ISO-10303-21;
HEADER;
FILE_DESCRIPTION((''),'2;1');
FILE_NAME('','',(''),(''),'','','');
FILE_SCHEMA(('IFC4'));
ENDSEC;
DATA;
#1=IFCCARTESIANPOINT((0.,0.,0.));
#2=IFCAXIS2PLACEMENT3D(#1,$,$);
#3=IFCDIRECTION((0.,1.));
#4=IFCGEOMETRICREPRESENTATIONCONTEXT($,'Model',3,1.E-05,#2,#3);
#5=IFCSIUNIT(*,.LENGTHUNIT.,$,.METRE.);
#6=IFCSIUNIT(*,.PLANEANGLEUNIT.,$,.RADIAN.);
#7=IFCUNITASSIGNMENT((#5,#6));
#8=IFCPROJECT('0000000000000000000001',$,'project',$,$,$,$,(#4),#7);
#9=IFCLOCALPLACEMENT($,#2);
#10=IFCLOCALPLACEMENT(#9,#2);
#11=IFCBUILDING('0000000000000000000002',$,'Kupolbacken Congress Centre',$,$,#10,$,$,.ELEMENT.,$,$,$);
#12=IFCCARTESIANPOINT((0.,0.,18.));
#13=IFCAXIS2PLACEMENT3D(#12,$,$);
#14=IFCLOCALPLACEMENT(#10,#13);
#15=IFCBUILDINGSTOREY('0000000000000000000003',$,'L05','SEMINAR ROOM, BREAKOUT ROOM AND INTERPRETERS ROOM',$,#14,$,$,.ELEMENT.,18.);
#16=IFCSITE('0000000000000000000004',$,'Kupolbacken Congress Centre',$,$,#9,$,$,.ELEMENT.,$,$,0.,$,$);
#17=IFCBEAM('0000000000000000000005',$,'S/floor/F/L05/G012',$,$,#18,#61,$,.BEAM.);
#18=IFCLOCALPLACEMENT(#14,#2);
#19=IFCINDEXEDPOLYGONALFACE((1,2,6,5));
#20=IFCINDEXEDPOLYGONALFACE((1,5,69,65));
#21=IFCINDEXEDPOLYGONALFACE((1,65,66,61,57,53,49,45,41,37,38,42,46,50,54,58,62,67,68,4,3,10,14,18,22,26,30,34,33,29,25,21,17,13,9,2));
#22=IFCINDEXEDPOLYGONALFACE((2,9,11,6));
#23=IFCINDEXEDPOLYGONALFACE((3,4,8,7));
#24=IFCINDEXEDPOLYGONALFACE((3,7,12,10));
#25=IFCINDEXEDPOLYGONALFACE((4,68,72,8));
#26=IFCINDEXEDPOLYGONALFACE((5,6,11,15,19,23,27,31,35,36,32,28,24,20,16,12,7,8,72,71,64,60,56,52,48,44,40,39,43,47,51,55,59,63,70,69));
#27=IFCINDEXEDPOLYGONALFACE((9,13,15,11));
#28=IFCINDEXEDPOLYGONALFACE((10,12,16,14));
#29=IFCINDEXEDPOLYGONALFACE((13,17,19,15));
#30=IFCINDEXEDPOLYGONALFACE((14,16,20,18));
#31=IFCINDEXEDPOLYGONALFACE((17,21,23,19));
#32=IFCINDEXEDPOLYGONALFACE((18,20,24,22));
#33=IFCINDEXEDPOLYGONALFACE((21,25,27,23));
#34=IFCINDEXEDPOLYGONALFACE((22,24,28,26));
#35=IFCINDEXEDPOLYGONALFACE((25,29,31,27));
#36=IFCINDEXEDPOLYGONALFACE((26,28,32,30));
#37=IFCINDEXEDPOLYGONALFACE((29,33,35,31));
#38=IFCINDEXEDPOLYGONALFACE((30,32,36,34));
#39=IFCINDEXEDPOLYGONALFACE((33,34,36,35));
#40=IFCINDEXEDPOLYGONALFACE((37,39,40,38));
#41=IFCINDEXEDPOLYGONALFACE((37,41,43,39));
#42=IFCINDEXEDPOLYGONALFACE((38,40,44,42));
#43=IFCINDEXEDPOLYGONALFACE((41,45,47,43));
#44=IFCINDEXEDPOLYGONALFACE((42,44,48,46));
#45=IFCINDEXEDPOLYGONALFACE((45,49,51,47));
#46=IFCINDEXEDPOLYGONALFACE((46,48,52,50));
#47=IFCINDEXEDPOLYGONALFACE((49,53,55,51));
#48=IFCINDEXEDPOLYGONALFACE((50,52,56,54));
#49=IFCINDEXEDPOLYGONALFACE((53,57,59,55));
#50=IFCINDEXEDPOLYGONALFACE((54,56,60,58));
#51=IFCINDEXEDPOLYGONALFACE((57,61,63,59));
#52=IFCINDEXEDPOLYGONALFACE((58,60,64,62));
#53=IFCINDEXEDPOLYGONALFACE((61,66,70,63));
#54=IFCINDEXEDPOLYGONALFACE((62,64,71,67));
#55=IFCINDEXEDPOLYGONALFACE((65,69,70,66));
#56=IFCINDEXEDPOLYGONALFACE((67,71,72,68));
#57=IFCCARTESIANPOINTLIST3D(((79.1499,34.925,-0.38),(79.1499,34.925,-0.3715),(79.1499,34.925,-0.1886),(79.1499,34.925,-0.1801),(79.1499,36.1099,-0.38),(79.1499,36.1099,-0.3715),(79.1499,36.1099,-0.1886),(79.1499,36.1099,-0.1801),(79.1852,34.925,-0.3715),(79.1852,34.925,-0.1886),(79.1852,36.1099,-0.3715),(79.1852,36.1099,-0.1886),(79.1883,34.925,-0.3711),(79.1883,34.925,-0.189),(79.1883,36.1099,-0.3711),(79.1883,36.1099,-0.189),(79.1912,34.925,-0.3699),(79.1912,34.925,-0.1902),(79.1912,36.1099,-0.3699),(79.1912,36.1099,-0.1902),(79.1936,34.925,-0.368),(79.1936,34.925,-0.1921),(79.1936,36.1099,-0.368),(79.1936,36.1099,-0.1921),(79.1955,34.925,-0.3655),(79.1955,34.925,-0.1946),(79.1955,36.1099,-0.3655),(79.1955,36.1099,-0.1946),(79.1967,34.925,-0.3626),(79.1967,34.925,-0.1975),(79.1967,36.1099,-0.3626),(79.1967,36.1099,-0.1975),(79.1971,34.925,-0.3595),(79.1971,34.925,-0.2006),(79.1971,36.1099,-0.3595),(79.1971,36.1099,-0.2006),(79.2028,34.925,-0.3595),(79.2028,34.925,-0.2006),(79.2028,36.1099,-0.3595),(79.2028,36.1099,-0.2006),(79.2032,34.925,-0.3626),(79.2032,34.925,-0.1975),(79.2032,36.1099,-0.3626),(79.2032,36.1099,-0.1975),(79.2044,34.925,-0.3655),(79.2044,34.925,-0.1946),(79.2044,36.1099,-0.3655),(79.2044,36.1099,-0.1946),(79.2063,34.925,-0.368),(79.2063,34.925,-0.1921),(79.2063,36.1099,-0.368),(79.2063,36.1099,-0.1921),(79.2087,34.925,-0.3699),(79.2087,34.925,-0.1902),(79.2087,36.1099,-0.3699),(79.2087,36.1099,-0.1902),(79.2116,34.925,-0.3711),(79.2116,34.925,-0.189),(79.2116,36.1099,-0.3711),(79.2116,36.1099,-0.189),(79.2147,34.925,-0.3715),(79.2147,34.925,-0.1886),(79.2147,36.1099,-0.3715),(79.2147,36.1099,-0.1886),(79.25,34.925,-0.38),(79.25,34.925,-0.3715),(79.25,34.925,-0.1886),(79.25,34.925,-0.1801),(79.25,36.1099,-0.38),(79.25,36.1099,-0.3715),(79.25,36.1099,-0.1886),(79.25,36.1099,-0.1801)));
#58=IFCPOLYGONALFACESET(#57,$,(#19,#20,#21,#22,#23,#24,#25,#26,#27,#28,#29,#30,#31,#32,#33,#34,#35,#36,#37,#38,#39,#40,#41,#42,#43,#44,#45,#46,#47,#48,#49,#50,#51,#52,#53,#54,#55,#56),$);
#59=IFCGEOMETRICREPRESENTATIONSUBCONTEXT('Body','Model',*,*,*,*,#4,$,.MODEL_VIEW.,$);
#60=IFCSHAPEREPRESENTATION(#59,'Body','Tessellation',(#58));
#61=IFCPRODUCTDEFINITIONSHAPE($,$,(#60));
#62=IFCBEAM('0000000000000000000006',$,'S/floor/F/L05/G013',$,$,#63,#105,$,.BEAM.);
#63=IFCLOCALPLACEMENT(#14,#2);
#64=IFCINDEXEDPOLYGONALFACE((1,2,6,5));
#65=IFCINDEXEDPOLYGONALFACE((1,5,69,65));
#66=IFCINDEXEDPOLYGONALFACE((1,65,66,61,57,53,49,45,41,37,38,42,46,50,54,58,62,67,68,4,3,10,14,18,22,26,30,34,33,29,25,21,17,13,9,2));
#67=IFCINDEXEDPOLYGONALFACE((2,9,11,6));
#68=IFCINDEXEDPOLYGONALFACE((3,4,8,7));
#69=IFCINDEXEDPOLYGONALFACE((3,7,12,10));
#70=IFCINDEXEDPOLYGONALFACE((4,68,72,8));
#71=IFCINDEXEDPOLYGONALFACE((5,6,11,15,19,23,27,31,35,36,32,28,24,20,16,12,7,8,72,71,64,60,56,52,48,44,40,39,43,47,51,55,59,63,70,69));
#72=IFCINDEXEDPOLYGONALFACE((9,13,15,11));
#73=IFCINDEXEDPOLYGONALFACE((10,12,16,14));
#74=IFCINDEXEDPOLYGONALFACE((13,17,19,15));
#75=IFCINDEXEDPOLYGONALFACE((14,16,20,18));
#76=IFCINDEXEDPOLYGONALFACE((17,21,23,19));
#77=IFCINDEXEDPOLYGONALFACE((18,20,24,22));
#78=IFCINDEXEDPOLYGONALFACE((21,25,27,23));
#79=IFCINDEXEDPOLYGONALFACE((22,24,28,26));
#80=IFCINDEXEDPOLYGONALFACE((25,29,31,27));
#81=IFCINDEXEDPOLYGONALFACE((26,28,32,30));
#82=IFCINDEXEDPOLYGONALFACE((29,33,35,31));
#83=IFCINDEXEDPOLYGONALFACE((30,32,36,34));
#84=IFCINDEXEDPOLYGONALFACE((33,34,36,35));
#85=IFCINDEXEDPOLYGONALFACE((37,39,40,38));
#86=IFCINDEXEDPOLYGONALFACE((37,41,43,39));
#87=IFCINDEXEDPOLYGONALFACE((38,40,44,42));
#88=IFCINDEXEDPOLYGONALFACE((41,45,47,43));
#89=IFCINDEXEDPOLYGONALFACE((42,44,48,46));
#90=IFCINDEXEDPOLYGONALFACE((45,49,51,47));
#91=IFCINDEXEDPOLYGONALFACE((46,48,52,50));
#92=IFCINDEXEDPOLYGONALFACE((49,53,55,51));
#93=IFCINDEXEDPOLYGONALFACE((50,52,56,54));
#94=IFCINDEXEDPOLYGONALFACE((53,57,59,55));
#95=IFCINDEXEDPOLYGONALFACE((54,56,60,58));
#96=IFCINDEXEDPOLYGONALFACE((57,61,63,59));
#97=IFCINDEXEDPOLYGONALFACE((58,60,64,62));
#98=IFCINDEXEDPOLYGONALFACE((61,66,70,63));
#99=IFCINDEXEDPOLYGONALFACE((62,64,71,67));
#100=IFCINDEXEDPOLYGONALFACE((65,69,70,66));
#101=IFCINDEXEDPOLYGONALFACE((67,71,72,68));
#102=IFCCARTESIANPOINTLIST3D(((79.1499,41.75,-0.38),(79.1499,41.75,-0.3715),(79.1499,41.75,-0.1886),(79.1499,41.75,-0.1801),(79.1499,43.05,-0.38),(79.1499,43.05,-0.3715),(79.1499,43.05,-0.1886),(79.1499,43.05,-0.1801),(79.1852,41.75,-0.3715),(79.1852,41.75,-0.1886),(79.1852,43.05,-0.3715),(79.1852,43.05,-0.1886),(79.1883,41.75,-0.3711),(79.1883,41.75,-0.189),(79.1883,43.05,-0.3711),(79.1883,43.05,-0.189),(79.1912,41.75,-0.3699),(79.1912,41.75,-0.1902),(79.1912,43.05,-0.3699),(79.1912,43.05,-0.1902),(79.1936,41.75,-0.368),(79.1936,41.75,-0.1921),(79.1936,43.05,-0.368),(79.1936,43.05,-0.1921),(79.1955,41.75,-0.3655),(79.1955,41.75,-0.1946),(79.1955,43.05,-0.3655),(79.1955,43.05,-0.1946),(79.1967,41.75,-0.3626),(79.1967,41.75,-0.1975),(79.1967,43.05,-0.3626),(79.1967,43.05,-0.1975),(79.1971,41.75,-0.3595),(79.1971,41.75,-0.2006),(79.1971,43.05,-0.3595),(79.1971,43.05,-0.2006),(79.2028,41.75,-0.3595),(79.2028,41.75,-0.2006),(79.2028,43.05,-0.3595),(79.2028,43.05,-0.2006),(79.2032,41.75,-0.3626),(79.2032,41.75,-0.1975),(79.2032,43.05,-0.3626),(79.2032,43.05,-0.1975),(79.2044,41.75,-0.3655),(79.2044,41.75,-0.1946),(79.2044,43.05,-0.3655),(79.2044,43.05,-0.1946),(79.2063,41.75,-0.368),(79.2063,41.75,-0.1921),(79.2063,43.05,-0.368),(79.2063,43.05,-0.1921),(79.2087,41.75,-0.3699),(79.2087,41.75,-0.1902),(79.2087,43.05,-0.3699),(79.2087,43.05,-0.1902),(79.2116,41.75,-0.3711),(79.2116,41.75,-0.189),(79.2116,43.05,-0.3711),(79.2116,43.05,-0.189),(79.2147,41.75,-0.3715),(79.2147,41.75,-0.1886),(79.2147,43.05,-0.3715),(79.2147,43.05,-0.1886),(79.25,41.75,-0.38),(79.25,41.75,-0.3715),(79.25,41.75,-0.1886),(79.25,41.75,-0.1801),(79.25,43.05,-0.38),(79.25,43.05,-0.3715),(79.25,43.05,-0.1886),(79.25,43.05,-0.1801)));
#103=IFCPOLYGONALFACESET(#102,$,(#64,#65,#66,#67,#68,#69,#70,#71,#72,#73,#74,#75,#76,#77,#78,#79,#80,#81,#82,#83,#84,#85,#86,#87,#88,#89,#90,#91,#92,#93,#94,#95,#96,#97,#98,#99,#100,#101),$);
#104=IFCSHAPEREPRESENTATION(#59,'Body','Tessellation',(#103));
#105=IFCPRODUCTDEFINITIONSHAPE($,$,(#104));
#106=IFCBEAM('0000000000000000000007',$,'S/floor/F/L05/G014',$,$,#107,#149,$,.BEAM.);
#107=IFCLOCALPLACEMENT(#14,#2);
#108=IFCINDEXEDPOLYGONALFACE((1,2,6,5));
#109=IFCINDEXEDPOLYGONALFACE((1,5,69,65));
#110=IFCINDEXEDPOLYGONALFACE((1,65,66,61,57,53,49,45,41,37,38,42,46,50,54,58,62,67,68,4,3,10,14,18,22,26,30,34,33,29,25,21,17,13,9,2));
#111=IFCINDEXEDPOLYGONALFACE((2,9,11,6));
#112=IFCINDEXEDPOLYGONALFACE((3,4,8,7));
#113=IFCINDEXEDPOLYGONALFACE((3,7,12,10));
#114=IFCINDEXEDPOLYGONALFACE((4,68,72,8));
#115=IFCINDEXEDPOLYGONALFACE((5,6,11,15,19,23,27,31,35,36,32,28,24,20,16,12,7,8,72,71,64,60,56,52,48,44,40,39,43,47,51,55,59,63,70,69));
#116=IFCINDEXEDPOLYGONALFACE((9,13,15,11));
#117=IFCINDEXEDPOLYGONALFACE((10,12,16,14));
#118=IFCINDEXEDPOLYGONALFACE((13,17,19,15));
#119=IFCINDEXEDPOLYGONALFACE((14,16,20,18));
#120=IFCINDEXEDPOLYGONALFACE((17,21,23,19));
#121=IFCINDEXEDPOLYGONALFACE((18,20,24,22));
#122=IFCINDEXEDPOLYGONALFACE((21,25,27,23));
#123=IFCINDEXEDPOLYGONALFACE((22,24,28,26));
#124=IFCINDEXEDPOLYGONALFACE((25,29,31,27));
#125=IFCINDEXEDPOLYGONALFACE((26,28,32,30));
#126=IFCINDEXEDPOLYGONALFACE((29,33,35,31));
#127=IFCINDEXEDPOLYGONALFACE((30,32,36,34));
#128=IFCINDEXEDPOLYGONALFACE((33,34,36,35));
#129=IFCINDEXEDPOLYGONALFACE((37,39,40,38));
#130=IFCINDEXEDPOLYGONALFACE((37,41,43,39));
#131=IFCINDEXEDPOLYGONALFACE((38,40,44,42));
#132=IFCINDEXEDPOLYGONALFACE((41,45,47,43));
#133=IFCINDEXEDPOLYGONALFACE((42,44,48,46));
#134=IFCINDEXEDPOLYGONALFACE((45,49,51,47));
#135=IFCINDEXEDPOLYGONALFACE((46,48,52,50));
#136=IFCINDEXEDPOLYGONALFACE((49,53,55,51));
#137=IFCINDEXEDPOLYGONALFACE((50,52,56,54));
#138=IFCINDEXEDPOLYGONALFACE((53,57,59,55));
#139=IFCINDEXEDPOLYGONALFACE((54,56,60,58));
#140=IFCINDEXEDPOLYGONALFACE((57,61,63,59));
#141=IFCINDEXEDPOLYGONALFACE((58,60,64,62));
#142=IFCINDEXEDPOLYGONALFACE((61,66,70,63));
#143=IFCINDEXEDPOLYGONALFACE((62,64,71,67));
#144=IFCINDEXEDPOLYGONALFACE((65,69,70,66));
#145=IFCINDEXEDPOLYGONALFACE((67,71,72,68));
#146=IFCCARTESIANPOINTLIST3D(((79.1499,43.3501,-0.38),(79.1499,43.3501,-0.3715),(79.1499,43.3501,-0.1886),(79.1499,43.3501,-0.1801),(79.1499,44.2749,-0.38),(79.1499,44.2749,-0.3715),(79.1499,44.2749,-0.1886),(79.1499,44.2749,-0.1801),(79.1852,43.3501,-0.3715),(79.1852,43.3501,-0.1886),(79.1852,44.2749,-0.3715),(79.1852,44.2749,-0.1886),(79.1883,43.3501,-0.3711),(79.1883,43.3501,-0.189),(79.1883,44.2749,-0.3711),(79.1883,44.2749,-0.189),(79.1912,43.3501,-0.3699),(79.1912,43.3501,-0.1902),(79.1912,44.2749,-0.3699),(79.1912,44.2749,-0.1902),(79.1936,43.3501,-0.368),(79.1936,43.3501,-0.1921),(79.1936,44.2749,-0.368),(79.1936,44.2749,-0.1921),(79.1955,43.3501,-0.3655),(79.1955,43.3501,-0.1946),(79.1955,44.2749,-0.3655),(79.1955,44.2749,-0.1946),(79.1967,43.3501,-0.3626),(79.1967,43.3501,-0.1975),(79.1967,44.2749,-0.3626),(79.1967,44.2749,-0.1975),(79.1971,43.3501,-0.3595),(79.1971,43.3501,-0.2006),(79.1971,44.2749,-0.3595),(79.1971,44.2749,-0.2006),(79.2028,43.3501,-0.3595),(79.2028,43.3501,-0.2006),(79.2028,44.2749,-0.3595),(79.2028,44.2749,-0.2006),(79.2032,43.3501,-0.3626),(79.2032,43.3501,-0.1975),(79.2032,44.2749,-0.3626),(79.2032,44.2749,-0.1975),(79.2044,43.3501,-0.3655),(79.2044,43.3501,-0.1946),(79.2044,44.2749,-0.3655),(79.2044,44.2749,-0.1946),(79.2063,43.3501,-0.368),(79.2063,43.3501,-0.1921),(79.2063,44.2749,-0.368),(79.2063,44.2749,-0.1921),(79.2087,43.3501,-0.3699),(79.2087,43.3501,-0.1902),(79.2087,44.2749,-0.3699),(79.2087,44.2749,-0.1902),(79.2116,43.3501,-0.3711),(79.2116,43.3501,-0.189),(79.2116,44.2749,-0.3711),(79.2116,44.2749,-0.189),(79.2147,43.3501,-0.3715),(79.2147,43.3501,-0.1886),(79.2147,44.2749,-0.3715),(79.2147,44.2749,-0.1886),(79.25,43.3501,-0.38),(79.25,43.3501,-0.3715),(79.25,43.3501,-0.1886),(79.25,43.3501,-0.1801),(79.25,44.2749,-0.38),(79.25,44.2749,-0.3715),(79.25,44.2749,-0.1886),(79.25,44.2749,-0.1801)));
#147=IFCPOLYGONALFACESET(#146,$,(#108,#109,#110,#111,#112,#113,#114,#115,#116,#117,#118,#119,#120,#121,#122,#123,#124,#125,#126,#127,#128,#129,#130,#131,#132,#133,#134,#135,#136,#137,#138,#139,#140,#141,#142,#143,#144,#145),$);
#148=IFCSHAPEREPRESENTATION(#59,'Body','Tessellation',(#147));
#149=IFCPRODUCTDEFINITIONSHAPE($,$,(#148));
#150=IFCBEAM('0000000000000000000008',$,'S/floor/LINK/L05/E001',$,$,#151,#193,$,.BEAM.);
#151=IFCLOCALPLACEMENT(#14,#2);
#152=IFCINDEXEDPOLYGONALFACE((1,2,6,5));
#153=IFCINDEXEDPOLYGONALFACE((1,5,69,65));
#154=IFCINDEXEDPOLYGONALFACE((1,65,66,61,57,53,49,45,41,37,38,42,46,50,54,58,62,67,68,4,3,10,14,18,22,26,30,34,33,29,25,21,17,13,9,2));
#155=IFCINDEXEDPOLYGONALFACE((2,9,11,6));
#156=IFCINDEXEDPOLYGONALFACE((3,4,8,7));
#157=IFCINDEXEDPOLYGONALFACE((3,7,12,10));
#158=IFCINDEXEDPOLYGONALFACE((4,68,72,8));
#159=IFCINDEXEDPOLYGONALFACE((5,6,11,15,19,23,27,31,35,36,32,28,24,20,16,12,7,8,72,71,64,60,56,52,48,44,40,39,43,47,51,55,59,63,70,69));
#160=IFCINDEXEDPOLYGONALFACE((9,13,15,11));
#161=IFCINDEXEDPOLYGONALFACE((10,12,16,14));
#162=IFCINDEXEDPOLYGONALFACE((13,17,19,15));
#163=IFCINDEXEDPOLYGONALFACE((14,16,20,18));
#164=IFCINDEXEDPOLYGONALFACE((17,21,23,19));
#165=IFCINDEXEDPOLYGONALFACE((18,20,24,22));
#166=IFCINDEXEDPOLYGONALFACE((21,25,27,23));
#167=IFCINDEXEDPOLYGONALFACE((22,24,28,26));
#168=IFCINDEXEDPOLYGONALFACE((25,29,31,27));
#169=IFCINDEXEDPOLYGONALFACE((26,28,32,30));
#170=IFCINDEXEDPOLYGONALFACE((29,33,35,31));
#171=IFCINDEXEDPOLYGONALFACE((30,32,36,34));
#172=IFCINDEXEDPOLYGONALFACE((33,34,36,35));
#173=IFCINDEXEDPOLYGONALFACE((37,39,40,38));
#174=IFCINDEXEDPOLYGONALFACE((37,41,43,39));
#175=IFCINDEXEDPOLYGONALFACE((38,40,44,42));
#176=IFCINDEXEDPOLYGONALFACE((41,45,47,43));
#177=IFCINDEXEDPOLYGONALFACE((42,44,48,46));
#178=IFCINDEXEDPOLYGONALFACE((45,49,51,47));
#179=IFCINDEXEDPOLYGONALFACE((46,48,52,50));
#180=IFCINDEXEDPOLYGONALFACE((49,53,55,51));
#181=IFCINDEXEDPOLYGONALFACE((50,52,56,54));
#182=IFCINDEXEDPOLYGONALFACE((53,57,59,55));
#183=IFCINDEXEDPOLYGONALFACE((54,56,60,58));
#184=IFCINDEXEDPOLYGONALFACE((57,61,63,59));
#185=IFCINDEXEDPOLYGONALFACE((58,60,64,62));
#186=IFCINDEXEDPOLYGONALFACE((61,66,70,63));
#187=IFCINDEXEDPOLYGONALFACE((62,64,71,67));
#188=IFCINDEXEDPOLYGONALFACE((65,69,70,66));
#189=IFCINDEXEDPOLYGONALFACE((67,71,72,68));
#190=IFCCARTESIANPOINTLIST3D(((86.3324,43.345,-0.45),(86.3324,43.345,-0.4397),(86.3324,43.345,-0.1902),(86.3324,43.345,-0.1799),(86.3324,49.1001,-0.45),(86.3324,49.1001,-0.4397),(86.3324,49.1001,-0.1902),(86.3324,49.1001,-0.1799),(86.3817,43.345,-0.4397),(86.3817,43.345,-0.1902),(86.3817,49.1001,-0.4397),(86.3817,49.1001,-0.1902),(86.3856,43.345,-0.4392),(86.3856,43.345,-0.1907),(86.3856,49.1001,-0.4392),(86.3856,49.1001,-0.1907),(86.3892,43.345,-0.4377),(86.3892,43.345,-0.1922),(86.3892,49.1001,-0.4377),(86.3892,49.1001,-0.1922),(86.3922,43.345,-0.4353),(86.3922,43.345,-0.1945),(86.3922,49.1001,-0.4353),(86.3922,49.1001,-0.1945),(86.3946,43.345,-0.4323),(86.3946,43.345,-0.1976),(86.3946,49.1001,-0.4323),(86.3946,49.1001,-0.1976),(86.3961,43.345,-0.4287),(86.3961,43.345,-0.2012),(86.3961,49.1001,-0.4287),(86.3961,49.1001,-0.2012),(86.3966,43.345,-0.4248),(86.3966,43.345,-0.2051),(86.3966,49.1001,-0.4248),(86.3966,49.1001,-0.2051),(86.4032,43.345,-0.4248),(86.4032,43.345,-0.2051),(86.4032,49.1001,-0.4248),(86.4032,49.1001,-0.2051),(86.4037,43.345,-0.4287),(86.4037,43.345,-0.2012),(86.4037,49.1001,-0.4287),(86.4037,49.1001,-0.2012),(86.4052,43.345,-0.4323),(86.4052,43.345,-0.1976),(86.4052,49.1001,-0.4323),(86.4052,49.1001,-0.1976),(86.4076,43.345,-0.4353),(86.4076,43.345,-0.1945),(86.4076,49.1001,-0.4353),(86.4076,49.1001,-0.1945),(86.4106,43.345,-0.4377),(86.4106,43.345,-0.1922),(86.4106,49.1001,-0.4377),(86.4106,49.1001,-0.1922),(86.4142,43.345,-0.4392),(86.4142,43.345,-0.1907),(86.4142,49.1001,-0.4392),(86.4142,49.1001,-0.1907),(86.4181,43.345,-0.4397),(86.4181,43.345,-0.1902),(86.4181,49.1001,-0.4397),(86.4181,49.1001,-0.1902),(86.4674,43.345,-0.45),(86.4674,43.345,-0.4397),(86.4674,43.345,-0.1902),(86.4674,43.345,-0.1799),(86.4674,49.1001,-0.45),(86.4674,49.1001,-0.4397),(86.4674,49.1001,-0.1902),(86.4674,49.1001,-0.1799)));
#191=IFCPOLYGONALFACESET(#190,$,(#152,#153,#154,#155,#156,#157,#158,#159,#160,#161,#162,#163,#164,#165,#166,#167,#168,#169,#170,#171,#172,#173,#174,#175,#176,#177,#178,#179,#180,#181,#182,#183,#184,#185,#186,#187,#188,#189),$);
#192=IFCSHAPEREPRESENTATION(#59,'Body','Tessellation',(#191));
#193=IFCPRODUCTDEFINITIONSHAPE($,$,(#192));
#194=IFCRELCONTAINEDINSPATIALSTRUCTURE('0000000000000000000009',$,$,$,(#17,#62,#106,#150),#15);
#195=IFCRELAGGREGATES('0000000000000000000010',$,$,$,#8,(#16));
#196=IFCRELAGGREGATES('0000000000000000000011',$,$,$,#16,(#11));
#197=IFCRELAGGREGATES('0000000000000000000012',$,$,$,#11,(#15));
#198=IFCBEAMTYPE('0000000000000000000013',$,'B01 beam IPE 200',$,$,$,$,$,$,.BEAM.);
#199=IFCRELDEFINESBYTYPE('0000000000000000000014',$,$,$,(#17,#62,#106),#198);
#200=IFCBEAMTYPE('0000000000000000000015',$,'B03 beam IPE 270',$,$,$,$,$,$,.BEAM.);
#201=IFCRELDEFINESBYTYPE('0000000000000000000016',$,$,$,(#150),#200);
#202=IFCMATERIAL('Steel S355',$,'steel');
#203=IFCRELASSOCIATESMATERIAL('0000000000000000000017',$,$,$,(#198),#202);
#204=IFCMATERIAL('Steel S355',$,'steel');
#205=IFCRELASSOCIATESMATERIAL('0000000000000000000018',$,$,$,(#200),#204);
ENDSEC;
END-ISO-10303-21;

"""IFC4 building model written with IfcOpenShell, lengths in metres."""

from ifc_helpers import new_model, si_unit, direction, frame, origin, origin_2d, place, context, subcontext, project, spatial, i_section, extrude, material, material_profile, profile_set, type_object, element, save


model = new_model("IFC4")

# Units and contexts
model_context = context("Model", 3, precision=1e-05, world=origin(), true_north=direction((0.0, 1.0)))
body_context = subcontext(model_context, "Body", "Model", "MODEL_VIEW")
ifc_project = project(units=[si_unit("LENGTHUNIT", "METRE"), si_unit("PLANEANGLEUNIT", "RADIAN")], contexts=[model_context])

# Site, building, storey
site_placement = place(None, origin())
site = spatial("IfcSite", under=ifc_project, at=site_placement, Name="Kupolbacken Congress Centre", CompositionType="ELEMENT", RefElevation=0.0)
building_placement = place(site_placement, origin())
building = spatial("IfcBuilding", under=site, at=building_placement, Name="Kupolbacken Congress Centre", CompositionType="ELEMENT")
storey_placement = place(building_placement, frame((0.0, 0.0, 18.0)))
storey = spatial("IfcBuildingStorey", under=building, at=storey_placement, Name="L05", Description="SEMINAR ROOM, BREAKOUT ROOM AND INTERPRETERS ROOM", CompositionType="ELEMENT", Elevation=18.0)

# Beams
ifc_material_1 = material(Name="Steel S355", Category="steel")
ifc_material_profile_1 = material_profile(ifc_material_1, i_section(OverallWidth=0.1001, OverallDepth=0.2, WebThickness=0.0056, FlangeThickness=0.0085, FilletRadius=0.012, at=origin_2d()), Name="IPE 200")
ifc_profile_set_1 = profile_set([ifc_material_profile_1], Name="Steel S355")
beam_type_1 = type_object("IfcBeamType", Name="B01 beam IPE 200", PredefinedType="BEAM", material=ifc_profile_set_1)
beam_1_placement = place(storey_placement, frame((79.2, 34.925, -0.28), z_axis=(0.0, 1.0, 0.0), x_axis=(-1.0, 0.0, 0.0)))
element("IfcBeam", 1, at=beam_1_placement, inside=storey, type_object=beam_type_1, Name="S/floor/F/L05/G012", PredefinedType="BEAM", context=body_context, shape_type="SweptSolid", body=[
    extrude(i_section(OverallWidth=0.1001, OverallDepth=0.2, WebThickness=0.0056, FlangeThickness=0.0085, FilletRadius=0.012, at=origin_2d()), origin(), (0.0, 0.0, 1.0), 1.1848),
])
beam_2_placement = place(storey_placement, frame((79.2, 41.75, -0.28), z_axis=(0.0, 1.0, 0.0), x_axis=(-1.0, 0.0, 0.0)))
element("IfcBeam", 2, at=beam_2_placement, inside=storey, type_object=beam_type_1, Name="S/floor/F/L05/G013", PredefinedType="BEAM", context=body_context, shape_type="SweptSolid", body=[
    extrude(i_section(OverallWidth=0.1001, OverallDepth=0.2, WebThickness=0.0056, FlangeThickness=0.0085, FilletRadius=0.012, at=origin_2d()), origin(), (0.0, 0.0, 1.0), 1.3),
])
beam_3_placement = place(storey_placement, frame((79.2, 43.3501, -0.28), z_axis=(0.0, 1.0, 0.0), x_axis=(-1.0, 0.0, 0.0)))
element("IfcBeam", 3, at=beam_3_placement, inside=storey, type_object=beam_type_1, Name="S/floor/F/L05/G014", PredefinedType="BEAM", context=body_context, shape_type="SweptSolid", body=[
    extrude(i_section(OverallWidth=0.1001, OverallDepth=0.2, WebThickness=0.0056, FlangeThickness=0.0085, FilletRadius=0.012, at=origin_2d()), origin(), (0.0, 0.0, 1.0), 0.9248),
])
ifc_material_2 = material(Name="Steel S355", Category="steel")
ifc_material_profile_2 = material_profile(ifc_material_2, i_section(OverallWidth=0.135, OverallDepth=0.27, WebThickness=0.0066, FlangeThickness=0.0103, FilletRadius=0.0149, at=origin_2d()), Name="IPE 270")
ifc_profile_set_2 = profile_set([ifc_material_profile_2], Name="Steel S355")
beam_type_2 = type_object("IfcBeamType", Name="B03 beam IPE 270", PredefinedType="BEAM", material=ifc_profile_set_2)
beam_4_placement = place(storey_placement, frame((86.3999, 43.345, -0.3149), z_axis=(0.0, 1.0, 0.0), x_axis=(-1.0, 0.0, 0.0)))
element("IfcBeam", 4, at=beam_4_placement, inside=storey, type_object=beam_type_2, Name="S/floor/LINK/L05/E001", PredefinedType="BEAM", context=body_context, shape_type="SweptSolid", body=[
    extrude(i_section(OverallWidth=0.135, OverallDepth=0.27, WebThickness=0.0066, FlangeThickness=0.0103, FilletRadius=0.0149, at=origin_2d()), origin(), (0.0, 0.0, 1.0), 5.7551),
])

save(model, "model.ifc")
